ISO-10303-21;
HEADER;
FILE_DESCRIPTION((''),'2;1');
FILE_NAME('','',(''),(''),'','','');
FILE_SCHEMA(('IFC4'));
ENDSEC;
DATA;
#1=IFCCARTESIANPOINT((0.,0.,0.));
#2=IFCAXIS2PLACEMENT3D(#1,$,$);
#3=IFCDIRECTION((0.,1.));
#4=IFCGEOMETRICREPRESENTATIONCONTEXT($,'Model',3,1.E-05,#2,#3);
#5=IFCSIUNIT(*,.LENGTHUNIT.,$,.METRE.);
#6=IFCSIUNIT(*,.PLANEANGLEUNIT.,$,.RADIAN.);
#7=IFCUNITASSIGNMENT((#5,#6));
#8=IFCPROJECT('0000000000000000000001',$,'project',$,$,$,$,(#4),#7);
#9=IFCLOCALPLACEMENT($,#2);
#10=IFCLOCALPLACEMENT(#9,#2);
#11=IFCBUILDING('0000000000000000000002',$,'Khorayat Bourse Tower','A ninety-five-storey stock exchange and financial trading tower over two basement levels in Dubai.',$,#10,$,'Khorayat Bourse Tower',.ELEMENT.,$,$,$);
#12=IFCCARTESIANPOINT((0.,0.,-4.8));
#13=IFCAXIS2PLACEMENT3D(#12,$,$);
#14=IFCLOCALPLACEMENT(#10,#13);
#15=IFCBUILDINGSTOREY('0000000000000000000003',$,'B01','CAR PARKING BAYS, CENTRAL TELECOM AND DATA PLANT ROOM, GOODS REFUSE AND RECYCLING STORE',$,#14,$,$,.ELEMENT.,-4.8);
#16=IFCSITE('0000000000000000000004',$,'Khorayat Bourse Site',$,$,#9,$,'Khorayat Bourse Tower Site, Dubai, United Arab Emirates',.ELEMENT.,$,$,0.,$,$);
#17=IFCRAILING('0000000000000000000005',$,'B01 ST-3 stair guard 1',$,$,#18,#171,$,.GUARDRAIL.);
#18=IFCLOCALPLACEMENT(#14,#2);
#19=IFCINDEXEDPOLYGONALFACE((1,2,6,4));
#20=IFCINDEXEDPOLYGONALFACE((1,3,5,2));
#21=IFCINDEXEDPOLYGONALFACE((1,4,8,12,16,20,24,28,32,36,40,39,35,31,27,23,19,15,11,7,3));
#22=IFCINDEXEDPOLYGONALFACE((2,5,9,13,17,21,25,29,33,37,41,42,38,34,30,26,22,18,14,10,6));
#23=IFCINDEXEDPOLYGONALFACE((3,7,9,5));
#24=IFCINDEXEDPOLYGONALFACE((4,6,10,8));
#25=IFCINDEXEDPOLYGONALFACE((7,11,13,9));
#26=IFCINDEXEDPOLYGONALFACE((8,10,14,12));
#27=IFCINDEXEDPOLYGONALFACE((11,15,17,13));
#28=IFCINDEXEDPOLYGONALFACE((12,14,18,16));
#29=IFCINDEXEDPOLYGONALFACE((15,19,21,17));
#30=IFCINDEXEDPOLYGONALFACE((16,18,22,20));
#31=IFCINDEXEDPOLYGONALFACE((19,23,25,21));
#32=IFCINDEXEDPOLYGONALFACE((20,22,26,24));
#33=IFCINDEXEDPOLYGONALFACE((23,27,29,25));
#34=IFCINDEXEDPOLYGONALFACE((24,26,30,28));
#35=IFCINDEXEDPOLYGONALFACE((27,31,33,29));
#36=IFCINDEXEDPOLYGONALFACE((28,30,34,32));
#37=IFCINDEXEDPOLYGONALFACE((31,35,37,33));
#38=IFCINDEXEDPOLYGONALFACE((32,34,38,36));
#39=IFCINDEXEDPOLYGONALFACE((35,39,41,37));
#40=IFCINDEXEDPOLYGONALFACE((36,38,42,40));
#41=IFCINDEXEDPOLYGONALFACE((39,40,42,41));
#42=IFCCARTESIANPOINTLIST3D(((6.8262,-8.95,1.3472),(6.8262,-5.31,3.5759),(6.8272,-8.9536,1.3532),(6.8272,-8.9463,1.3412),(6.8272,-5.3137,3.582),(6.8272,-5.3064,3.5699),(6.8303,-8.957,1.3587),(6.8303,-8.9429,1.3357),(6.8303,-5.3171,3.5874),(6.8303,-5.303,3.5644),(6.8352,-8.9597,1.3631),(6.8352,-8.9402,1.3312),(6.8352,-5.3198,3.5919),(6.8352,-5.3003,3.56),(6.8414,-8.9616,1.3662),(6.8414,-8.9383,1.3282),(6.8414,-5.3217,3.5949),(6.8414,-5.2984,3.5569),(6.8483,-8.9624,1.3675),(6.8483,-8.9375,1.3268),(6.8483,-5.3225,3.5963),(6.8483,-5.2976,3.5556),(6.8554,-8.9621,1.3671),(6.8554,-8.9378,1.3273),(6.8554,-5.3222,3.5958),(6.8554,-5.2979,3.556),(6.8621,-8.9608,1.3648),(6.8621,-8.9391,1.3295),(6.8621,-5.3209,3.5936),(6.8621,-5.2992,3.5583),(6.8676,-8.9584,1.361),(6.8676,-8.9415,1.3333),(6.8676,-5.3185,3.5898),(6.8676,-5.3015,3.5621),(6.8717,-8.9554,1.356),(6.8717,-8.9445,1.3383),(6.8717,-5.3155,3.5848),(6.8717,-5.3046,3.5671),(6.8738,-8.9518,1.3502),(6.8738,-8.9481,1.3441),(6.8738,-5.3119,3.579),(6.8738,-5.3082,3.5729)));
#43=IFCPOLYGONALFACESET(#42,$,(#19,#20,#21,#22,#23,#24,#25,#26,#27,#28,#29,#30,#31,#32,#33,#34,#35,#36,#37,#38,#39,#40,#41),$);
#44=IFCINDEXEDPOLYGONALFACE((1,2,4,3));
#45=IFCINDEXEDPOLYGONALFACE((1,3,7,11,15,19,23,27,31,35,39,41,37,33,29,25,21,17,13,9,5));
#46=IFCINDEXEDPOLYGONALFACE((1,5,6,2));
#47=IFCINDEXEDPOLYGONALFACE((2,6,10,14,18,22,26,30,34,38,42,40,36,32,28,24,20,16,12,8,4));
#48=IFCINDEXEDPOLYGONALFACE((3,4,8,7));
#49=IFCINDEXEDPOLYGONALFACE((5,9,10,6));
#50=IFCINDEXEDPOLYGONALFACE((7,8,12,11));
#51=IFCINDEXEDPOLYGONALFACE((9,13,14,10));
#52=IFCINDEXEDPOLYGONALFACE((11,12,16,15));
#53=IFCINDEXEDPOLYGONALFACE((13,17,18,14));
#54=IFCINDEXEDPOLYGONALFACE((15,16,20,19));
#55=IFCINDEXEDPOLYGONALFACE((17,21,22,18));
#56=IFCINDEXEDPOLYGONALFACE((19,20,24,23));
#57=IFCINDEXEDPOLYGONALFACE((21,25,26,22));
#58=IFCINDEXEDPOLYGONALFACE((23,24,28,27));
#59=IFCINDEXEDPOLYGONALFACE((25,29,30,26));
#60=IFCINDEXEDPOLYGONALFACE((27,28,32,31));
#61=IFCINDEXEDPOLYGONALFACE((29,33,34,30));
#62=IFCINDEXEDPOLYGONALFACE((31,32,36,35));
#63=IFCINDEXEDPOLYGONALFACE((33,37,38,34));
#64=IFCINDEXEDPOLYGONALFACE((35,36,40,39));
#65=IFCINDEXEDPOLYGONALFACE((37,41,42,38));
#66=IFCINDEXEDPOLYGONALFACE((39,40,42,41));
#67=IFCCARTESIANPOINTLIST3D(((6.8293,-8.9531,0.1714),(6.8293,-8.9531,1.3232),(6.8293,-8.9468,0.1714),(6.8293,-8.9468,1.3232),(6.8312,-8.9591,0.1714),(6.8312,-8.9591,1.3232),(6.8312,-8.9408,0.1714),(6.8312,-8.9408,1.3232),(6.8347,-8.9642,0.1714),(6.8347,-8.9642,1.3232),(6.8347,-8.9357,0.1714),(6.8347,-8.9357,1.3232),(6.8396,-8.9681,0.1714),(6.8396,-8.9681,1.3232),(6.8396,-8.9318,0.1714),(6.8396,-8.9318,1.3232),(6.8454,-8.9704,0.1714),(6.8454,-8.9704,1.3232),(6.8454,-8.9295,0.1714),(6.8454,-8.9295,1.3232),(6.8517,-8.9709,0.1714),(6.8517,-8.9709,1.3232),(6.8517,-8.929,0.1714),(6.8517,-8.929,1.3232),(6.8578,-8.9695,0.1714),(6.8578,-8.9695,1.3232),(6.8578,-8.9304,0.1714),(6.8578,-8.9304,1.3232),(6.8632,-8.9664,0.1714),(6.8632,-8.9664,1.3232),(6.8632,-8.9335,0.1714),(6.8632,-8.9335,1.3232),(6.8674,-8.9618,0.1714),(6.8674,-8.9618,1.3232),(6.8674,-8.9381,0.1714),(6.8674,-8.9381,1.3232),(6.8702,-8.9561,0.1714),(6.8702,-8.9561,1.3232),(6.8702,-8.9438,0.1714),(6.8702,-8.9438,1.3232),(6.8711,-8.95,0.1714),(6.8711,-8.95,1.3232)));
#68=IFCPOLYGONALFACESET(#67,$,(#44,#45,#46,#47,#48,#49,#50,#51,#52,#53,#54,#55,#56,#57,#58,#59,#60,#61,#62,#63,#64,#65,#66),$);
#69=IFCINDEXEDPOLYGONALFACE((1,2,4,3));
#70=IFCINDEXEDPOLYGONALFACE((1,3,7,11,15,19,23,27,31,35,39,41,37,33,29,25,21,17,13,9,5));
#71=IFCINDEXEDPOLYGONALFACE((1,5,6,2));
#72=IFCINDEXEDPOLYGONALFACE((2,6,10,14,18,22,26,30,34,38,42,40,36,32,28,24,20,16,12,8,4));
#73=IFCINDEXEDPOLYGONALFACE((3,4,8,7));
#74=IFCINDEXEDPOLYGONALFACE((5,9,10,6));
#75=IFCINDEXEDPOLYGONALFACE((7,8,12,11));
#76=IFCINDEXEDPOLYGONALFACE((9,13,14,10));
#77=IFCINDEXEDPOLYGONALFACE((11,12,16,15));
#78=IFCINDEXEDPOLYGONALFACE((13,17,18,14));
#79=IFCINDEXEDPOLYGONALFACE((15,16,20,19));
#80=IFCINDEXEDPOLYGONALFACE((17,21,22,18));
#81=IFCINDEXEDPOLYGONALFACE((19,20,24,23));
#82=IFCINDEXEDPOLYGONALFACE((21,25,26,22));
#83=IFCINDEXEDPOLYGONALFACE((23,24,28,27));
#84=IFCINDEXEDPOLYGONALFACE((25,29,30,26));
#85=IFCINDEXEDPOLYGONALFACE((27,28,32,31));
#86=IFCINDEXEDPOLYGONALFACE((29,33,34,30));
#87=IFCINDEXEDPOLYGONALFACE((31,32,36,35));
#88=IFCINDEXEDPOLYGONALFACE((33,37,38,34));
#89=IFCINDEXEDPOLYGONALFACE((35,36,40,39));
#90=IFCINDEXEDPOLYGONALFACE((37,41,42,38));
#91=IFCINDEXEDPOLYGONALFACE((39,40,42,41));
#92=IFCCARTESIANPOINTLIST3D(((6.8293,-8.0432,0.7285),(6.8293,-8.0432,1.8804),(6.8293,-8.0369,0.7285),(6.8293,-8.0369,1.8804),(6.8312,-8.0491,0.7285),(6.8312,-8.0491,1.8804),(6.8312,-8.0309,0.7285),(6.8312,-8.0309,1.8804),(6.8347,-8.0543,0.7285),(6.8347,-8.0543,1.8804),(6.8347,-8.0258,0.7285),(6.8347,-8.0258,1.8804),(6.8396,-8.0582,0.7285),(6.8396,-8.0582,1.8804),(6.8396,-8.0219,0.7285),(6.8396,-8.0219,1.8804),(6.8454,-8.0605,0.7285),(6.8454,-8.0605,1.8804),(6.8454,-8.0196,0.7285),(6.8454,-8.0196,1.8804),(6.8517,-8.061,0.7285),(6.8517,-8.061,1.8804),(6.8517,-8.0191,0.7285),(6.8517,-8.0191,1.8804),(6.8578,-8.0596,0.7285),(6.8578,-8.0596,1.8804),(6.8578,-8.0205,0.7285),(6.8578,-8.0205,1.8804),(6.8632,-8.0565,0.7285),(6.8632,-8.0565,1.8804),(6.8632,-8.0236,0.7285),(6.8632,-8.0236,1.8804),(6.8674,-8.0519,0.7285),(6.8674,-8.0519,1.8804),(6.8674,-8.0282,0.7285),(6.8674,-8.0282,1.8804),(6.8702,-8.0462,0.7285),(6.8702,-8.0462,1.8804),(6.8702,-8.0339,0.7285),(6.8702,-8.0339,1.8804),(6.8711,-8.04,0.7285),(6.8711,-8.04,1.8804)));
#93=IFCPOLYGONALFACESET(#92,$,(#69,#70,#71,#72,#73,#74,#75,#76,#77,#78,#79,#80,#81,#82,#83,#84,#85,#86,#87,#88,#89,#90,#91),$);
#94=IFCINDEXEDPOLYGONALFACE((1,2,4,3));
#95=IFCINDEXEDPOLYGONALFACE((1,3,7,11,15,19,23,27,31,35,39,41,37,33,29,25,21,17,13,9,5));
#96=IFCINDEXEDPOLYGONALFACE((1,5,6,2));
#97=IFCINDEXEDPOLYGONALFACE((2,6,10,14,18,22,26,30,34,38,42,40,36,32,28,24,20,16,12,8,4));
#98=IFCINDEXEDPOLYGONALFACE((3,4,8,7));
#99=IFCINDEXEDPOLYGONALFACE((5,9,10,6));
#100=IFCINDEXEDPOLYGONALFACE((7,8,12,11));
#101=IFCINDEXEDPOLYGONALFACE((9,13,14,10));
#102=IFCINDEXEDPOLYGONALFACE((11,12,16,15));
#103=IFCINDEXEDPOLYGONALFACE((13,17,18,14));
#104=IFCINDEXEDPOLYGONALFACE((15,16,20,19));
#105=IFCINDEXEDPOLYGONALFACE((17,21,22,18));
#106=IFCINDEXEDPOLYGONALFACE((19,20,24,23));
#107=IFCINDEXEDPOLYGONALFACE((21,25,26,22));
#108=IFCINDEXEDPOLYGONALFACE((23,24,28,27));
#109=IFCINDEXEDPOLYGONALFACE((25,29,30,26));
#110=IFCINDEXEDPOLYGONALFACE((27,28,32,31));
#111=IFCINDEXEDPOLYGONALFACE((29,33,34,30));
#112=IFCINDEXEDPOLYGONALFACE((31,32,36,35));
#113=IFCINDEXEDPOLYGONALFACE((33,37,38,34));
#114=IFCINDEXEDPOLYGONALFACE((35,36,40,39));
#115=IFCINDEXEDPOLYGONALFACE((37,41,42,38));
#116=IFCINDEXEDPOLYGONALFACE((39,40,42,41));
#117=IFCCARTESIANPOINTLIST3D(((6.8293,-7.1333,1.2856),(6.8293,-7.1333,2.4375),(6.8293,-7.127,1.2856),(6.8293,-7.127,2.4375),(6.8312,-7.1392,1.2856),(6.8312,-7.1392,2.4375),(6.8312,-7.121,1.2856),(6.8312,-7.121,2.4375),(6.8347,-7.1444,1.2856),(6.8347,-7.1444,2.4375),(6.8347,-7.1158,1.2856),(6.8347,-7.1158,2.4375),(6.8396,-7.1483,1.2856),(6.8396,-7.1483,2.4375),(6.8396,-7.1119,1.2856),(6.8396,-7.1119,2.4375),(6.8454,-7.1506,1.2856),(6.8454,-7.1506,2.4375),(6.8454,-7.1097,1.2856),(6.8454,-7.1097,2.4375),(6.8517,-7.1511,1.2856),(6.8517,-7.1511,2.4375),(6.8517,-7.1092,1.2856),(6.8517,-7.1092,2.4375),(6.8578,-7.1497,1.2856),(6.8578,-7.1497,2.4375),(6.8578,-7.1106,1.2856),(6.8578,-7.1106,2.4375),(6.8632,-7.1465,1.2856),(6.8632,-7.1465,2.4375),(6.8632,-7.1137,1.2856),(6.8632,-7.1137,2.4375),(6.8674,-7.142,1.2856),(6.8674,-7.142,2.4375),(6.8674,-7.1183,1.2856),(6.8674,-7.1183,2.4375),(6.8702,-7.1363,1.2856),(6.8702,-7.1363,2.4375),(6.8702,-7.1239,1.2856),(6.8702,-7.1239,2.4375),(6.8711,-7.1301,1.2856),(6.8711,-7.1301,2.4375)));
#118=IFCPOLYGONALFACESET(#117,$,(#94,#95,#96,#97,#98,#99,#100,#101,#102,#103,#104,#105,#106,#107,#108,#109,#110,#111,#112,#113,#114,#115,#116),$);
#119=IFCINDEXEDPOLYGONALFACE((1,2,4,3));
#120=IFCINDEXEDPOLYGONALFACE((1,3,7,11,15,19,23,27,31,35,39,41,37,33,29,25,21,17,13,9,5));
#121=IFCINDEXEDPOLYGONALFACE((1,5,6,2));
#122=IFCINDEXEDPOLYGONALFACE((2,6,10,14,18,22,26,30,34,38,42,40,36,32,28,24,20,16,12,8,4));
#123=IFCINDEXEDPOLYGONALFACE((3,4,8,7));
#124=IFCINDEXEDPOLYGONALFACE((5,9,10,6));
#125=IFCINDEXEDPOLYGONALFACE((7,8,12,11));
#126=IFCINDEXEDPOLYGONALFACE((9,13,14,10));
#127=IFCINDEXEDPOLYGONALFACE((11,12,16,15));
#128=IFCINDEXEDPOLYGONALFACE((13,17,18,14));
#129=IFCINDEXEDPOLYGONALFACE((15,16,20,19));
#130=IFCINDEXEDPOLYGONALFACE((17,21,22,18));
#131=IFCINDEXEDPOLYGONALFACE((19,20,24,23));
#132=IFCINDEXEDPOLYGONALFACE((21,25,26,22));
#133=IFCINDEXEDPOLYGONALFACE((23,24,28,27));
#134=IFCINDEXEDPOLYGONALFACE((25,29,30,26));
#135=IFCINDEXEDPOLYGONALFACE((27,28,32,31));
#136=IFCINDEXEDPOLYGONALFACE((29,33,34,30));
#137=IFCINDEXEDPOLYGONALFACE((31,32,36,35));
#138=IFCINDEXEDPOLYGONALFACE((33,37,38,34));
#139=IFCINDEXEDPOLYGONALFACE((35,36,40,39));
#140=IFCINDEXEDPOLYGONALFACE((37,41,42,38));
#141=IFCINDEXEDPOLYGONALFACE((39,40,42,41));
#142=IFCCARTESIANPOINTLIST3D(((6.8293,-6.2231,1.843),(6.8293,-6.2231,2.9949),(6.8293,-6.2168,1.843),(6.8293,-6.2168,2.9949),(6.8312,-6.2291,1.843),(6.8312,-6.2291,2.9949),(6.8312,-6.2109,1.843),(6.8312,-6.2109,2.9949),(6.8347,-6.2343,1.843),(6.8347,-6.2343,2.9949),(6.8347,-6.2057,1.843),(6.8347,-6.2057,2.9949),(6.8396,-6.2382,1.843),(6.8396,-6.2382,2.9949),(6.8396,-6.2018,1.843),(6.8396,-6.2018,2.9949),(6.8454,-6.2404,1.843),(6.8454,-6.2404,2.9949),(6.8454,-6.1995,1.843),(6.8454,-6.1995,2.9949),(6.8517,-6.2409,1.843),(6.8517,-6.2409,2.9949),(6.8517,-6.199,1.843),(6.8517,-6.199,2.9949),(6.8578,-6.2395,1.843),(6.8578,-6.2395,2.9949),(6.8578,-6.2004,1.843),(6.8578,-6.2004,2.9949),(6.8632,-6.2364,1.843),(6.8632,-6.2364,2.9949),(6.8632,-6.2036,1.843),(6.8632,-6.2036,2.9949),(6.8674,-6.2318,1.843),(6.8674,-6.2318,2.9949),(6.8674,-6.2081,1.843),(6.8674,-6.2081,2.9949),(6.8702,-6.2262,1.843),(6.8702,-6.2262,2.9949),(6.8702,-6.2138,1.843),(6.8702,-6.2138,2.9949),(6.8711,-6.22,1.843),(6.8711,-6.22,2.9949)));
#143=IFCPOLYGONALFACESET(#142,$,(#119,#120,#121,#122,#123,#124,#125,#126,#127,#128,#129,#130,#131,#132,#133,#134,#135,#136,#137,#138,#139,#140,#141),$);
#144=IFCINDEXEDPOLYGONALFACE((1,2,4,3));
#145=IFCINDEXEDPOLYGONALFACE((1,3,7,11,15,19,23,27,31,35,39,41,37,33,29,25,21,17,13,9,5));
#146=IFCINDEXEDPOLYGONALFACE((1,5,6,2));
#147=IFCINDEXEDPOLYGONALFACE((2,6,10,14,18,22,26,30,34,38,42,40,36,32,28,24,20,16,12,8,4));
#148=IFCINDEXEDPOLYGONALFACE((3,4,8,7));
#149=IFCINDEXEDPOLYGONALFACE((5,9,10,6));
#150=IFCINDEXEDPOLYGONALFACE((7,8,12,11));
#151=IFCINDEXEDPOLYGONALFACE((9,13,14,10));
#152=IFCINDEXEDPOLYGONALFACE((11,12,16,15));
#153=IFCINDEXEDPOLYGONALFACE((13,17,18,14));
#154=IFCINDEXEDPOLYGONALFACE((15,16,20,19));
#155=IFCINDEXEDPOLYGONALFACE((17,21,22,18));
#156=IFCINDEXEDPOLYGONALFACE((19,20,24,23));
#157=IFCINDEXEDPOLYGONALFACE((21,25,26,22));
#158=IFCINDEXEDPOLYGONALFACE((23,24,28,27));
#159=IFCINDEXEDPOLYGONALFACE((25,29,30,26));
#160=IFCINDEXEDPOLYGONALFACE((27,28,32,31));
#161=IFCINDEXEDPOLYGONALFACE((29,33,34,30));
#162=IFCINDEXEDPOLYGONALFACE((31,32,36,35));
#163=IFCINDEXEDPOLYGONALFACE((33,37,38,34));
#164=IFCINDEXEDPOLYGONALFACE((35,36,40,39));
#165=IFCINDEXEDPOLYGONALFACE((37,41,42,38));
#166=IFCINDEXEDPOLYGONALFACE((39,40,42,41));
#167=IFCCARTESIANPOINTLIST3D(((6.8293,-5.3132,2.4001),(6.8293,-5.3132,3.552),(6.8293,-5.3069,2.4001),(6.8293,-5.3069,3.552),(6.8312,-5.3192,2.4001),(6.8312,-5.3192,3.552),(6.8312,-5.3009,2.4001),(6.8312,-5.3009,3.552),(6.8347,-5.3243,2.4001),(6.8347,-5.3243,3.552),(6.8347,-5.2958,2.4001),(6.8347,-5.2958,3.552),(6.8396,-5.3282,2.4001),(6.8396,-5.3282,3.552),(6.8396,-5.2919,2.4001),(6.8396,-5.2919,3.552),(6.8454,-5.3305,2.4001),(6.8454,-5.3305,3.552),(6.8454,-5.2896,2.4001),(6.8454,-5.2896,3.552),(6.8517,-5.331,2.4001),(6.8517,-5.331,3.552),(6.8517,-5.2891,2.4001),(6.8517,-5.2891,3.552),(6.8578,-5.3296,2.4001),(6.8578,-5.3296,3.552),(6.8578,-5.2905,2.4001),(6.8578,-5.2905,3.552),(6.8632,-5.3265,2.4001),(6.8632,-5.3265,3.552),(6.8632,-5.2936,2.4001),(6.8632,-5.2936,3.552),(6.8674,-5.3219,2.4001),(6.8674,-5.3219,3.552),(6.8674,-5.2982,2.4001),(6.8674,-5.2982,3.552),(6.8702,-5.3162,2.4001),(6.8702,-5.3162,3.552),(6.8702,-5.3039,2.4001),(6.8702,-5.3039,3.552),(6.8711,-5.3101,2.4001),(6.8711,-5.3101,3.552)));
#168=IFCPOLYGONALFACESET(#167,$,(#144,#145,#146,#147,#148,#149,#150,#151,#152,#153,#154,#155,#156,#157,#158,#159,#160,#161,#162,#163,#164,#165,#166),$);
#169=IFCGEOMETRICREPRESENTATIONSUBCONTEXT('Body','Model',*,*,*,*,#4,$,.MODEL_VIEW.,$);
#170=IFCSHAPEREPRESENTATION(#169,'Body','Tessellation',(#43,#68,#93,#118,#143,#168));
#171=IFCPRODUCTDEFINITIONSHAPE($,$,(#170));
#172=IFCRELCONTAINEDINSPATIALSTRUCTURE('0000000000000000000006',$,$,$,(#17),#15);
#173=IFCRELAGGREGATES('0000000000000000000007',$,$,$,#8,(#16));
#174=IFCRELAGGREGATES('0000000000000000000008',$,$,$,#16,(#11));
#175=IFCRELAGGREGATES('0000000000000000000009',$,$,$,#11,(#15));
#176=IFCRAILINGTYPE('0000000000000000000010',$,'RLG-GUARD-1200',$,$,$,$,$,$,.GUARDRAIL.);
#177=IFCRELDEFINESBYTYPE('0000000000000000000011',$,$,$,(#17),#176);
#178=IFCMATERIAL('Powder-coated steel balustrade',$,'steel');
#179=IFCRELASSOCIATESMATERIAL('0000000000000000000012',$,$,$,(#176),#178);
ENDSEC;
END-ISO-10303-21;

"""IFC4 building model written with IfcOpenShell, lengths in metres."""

from ifc_helpers import new_model, si_unit, direction, frame, origin, origin_2d, place, context, subcontext, project, spatial, circle, extrude, source, transform, mapped, material, type_object, element, save


model = new_model("IFC4")

# Units and contexts
model_context = context("Model", 3, precision=1e-05, world=origin(), true_north=direction((0.0, 1.0)))
body_context = subcontext(model_context, "Body", "Model", "MODEL_VIEW")
ifc_project = project(units=[si_unit("LENGTHUNIT", "METRE"), si_unit("PLANEANGLEUNIT", "RADIAN")], contexts=[model_context])

# Site, building, storey
site_placement = place(None, origin())
site = spatial("IfcSite", under=ifc_project, at=site_placement, Name="Khorayat Bourse Site", LongName="Khorayat Bourse Tower Site, Dubai, United Arab Emirates", CompositionType="ELEMENT", RefElevation=0.0)
building_placement = place(site_placement, origin())
building = spatial("IfcBuilding", under=site, at=building_placement, Name="Khorayat Bourse Tower", Description="A ninety-five-storey stock exchange and financial trading tower over two basement levels in Dubai.", LongName="Khorayat Bourse Tower", CompositionType="ELEMENT")
storey_placement = place(building_placement, frame((0.0, 0.0, -4.8)))
storey = spatial("IfcBuildingStorey", under=building, at=storey_placement, Name="B01", Description="CAR PARKING BAYS, CENTRAL TELECOM AND DATA PLANT ROOM, GOODS REFUSE AND RECYCLING STORE", CompositionType="ELEMENT", Elevation=-4.8)

# Railing
ifc_material_1 = material(Name="Powder-coated steel balustrade", Category="steel")
railing_type_1 = type_object("IfcRailingType", Name="RLG-GUARD-1200", PredefinedType="GUARDRAIL", material=ifc_material_1)
shared_shape_1 = source(origin(), body_context, "Body", "SweptSolid", [
    extrude(circle(Radius=0.0239, at=origin_2d()), frame((0.0, 0.0, 1.1758), z_axis=(0.0, 0.852825, 0.522197), x_axis=(-1.0, 0.0, 0.0)), (0.0, 0.0, 1.0), 4.2681),
    extrude(circle(Radius=0.021, at=origin_2d()), origin(), (0.0, 0.0, 1.0), 1.1519),
    extrude(circle(Radius=0.021, at=origin_2d()), frame((0.0, 0.9099, 0.5571)), (0.0, 0.0, 1.0), 1.1519),
    extrude(circle(Radius=0.021, at=origin_2d()), frame((0.0, 1.8198, 1.1143)), (0.0, 0.0, 1.0), 1.1519),
    extrude(circle(Radius=0.021, at=origin_2d()), frame((0.0, 2.73, 1.6716)), (0.0, 0.0, 1.0), 1.1519),
    extrude(circle(Radius=0.021, at=origin_2d()), frame((0.0, 3.6399, 2.2288)), (0.0, 0.0, 1.0), 1.1519),
])
railing_1_placement = place(storey_placement, frame((6.8501, -8.95, 0.1714)))
element("IfcRailing", 1, at=railing_1_placement, inside=storey, type_object=railing_type_1, Name="B01 ST-3 stair guard 1", PredefinedType="GUARDRAIL", context=body_context, shape_type="MappedRepresentation", body=[
    mapped(shared_shape_1, transform((0.0, 0.0, 0.0), scale=1.0)),
])

save(model, "model.ifc")
